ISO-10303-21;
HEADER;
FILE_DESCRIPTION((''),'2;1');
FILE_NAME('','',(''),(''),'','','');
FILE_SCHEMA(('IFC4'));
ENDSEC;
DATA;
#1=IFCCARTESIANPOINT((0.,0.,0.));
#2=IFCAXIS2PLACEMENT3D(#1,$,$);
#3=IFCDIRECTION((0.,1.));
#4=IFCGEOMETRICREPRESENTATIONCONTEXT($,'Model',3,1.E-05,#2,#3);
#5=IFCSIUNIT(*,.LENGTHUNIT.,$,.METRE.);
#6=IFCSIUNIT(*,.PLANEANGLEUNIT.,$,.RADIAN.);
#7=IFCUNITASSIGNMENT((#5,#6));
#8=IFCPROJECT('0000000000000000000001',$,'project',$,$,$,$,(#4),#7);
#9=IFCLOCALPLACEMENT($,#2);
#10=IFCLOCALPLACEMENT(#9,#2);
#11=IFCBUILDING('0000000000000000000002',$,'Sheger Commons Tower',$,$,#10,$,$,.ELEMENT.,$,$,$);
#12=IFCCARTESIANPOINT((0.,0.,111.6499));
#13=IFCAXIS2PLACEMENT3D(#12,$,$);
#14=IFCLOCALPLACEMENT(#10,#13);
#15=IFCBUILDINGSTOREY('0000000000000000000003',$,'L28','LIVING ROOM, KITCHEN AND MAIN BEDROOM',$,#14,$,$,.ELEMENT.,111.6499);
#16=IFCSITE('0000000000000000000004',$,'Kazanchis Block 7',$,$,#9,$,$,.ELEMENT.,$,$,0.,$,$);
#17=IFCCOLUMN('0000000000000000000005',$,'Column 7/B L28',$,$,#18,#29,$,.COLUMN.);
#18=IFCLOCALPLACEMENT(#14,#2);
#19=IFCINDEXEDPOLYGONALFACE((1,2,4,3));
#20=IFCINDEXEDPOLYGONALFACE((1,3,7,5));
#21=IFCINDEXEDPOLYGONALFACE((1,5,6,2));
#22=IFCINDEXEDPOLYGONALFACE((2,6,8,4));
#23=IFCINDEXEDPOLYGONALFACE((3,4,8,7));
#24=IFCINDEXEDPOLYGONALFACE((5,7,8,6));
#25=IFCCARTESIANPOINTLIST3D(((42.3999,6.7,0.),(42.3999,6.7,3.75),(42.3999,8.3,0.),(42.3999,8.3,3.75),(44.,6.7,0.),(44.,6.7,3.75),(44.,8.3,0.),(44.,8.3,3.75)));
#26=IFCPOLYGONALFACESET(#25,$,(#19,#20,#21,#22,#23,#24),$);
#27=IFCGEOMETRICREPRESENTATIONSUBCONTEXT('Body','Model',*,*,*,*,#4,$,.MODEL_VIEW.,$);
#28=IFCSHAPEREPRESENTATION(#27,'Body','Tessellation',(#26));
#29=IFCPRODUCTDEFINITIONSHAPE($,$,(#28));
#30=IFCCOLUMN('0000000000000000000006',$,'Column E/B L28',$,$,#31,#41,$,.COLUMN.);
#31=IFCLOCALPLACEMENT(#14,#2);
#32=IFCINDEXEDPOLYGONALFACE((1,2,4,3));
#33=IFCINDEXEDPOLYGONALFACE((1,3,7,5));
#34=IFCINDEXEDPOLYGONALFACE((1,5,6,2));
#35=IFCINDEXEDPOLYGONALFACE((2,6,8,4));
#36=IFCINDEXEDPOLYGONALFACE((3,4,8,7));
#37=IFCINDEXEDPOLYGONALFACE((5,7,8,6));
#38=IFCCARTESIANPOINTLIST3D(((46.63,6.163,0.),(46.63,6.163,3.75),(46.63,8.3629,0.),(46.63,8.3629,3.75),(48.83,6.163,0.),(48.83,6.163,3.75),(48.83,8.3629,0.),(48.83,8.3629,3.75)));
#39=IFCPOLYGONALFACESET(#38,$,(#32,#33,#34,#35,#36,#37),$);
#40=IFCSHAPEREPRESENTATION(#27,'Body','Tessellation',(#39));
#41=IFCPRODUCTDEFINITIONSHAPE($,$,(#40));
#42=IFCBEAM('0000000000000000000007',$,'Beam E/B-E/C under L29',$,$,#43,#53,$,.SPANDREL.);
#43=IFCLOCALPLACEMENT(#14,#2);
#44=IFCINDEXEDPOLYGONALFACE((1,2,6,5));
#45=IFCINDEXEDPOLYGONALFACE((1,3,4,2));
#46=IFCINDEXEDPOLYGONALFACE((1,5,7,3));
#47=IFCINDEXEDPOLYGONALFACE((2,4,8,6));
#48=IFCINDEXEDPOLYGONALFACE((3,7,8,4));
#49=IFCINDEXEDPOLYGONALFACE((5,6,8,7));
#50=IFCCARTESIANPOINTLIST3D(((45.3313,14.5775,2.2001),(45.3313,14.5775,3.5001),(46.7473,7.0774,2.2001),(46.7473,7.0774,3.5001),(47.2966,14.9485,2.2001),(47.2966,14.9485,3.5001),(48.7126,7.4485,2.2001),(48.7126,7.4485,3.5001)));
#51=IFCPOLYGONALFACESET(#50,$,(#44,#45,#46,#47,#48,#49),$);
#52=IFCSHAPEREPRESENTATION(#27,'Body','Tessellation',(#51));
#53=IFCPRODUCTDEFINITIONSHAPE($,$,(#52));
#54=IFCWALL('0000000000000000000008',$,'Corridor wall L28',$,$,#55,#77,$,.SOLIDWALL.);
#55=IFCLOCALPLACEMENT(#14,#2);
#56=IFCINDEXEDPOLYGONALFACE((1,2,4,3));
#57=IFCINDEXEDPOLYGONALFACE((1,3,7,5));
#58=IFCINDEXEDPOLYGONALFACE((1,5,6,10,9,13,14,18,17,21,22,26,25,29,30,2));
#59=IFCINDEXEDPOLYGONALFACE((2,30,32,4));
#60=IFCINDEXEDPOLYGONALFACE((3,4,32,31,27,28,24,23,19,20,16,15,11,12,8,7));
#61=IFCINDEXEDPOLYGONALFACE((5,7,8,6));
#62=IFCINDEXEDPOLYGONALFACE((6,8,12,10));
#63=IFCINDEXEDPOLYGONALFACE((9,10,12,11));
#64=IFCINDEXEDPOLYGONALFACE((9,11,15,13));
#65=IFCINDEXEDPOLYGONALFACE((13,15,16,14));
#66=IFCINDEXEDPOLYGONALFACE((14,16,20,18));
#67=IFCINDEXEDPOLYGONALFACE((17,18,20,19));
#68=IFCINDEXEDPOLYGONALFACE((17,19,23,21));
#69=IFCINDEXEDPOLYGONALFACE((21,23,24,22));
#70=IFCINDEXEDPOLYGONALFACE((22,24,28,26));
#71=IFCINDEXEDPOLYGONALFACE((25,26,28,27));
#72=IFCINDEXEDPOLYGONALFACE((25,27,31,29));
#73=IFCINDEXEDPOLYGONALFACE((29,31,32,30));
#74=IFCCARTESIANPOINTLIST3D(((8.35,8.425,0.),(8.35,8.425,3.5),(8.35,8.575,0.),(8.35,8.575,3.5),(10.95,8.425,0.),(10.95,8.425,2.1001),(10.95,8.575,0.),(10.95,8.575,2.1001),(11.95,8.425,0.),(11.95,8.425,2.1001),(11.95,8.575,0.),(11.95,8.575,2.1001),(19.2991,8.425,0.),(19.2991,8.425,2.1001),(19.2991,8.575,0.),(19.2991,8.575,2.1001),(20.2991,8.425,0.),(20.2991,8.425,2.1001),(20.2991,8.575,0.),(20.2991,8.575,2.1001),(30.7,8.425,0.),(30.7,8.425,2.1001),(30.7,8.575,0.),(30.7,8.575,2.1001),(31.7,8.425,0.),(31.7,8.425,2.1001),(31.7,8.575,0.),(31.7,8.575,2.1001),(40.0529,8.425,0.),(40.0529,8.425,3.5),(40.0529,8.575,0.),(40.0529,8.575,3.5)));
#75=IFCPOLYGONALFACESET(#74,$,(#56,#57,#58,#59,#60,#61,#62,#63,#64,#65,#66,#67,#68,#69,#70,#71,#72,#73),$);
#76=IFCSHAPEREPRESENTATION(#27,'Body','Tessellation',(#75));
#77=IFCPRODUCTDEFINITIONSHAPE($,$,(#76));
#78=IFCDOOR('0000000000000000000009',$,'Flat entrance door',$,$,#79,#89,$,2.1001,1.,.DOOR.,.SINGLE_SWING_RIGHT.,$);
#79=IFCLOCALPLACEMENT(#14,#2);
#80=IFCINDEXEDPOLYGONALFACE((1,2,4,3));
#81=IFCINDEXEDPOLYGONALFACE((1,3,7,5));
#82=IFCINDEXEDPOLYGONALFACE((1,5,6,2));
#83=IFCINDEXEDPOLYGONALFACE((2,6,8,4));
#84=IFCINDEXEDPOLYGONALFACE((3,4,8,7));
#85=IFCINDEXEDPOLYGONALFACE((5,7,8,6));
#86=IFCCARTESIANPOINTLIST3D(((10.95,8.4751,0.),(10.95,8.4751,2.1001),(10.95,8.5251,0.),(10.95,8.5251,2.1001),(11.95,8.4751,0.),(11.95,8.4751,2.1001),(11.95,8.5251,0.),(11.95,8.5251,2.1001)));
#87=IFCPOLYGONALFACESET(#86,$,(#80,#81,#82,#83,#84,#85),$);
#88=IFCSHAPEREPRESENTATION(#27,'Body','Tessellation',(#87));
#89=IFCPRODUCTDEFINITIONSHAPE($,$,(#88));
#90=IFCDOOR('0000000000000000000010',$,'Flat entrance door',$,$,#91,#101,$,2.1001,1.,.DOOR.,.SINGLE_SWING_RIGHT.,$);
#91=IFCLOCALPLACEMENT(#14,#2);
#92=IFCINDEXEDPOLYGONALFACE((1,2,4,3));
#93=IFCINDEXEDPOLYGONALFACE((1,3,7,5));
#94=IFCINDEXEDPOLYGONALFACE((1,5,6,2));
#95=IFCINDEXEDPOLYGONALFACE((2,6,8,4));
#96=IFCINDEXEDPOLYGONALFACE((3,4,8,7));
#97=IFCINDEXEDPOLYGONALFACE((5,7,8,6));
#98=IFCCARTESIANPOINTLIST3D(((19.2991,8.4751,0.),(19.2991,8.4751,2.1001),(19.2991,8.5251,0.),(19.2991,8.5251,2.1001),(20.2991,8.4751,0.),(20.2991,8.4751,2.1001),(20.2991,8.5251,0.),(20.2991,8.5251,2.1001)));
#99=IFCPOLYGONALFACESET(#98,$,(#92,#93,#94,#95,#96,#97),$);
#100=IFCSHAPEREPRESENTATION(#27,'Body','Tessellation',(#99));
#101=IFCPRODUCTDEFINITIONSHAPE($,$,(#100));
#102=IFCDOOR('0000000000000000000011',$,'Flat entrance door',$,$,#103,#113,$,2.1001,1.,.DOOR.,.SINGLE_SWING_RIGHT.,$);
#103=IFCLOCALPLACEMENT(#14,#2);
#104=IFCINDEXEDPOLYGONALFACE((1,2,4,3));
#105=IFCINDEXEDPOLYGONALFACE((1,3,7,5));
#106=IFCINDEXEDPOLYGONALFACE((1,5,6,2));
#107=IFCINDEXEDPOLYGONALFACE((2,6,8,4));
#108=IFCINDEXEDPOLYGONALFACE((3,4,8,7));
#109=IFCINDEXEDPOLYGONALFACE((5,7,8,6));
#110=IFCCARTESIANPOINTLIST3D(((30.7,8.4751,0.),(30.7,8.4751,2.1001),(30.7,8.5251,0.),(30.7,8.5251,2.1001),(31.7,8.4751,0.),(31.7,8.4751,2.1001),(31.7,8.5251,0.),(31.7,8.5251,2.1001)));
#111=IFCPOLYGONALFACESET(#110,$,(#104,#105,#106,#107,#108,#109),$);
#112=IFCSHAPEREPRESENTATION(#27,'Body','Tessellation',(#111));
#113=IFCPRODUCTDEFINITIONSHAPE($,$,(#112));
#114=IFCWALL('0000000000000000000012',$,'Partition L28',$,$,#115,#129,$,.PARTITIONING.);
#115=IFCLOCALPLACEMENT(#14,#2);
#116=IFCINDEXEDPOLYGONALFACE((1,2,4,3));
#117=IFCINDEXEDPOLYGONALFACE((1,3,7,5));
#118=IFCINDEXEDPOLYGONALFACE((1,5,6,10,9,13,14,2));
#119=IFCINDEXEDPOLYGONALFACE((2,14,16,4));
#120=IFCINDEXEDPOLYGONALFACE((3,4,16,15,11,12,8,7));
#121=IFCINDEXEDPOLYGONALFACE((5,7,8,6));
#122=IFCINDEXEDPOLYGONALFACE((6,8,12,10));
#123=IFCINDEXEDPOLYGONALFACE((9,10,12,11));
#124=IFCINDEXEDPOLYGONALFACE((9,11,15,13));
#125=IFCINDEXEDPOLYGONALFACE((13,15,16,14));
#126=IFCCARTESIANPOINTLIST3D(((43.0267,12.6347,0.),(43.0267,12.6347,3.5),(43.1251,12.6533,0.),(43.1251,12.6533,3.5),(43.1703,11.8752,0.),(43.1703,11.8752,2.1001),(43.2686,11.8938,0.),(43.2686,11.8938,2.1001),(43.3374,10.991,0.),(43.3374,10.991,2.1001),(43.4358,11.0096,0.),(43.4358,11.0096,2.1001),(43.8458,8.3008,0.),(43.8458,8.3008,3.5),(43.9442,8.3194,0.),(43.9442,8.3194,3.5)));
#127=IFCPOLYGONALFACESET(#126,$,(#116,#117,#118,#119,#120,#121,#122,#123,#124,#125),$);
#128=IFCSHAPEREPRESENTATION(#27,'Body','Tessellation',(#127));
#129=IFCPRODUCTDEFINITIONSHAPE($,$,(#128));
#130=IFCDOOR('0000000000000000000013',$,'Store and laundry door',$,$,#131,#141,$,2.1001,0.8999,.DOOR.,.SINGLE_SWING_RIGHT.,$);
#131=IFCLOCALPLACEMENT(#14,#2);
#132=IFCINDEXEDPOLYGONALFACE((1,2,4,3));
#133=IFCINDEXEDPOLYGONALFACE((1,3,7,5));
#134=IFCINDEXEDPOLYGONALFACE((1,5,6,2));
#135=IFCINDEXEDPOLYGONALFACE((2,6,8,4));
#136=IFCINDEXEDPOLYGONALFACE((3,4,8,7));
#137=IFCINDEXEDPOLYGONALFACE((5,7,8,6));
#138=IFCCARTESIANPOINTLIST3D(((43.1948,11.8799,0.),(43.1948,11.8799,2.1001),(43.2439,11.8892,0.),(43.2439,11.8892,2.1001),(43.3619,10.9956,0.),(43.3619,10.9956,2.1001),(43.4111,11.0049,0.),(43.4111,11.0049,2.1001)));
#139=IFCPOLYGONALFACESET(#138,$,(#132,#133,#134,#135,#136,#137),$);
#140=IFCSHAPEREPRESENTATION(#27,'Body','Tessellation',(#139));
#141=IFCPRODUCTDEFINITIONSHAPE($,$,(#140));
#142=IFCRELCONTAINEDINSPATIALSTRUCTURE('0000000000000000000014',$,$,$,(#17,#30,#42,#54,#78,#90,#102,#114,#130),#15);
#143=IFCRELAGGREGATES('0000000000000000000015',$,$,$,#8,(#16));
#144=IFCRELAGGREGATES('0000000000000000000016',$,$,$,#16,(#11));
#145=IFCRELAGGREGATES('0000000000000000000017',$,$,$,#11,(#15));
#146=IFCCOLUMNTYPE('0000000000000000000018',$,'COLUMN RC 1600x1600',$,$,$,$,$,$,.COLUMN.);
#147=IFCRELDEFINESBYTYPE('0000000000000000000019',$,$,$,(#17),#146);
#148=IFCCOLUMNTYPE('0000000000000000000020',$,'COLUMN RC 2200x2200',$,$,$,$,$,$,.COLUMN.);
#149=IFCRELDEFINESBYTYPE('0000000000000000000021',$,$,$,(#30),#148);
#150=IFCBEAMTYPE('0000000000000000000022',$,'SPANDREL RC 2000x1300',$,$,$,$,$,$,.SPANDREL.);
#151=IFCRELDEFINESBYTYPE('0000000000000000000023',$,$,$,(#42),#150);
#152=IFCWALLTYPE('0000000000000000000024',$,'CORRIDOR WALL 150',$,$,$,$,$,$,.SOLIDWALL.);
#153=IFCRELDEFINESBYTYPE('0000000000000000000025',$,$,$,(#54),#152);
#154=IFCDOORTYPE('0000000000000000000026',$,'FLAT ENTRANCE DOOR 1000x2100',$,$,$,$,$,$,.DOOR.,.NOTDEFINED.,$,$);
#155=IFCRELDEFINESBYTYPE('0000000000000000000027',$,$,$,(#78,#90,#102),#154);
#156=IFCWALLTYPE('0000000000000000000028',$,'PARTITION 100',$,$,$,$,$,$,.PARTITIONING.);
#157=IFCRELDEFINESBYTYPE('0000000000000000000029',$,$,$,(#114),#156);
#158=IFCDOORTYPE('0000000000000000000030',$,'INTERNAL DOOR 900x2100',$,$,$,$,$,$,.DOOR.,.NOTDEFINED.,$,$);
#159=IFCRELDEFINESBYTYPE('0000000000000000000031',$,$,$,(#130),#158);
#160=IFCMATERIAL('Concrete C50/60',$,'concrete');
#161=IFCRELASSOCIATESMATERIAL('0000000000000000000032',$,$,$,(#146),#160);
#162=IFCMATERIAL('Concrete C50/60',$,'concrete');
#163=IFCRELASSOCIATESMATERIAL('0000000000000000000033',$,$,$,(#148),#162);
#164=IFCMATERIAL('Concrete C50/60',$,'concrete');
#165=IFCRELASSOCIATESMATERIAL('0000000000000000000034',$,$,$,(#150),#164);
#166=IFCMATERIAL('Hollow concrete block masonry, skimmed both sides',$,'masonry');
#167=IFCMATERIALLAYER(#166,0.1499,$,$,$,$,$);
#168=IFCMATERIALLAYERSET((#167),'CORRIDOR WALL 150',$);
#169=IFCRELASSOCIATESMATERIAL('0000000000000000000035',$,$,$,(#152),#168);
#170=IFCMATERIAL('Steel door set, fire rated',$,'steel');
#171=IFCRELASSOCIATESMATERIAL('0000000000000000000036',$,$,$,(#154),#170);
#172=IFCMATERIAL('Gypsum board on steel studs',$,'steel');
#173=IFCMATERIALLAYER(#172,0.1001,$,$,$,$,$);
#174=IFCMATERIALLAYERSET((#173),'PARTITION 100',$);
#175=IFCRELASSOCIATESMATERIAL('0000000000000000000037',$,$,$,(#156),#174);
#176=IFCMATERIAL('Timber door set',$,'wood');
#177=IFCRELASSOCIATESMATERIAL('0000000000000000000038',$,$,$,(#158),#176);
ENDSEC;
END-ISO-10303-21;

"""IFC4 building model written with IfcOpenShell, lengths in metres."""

from ifc_helpers import new_model, si_unit, direction, frame, frame_2d, origin, origin_2d, place, context, subcontext, project, spatial, rectangle, extrude, material, layer, layer_set, material_profile, profile_set, type_object, element, fill, save


model = new_model("IFC4")

# Units and contexts
model_context = context("Model", 3, precision=1e-05, world=origin(), true_north=direction((0.0, 1.0)))
body_context = subcontext(model_context, "Body", "Model", "MODEL_VIEW")
ifc_project = project(units=[si_unit("LENGTHUNIT", "METRE"), si_unit("PLANEANGLEUNIT", "RADIAN")], contexts=[model_context])

# Site, building, storey
site_placement = place(None, origin())
site = spatial("IfcSite", under=ifc_project, at=site_placement, Name="Kazanchis Block 7", CompositionType="ELEMENT", RefElevation=0.0)
building_placement = place(site_placement, origin())
building = spatial("IfcBuilding", under=site, at=building_placement, Name="Sheger Commons Tower", CompositionType="ELEMENT")
storey_placement = place(building_placement, frame((0.0, 0.0, 111.6499)))
storey = spatial("IfcBuildingStorey", under=building, at=storey_placement, Name="L28", Description="LIVING ROOM, KITCHEN AND MAIN BEDROOM", CompositionType="ELEMENT", Elevation=111.6499)

# Columns
ifc_material_1 = material(Name="Concrete C50/60", Category="concrete")
ifc_material_profile_1 = material_profile(ifc_material_1, rectangle(XDim=1.6001, YDim=1.6001, at=origin_2d()), Name="RC 1600x1600")
ifc_profile_set_1 = profile_set([ifc_material_profile_1], Name="Concrete C50/60")
column_type_1 = type_object("IfcColumnType", Name="COLUMN RC 1600x1600", PredefinedType="COLUMN", material=ifc_profile_set_1)
column_1_placement = place(storey_placement, frame((43.2, 7.5, 0.0), z_axis=(0.0, 0.0, 1.0), x_axis=(1.0, 0.0, 0.0)))
element("IfcColumn", 1, at=column_1_placement, inside=storey, type_object=column_type_1, Name="Column 7/B L28", PredefinedType="COLUMN", context=body_context, shape_type="SweptSolid", body=[
    extrude(rectangle(XDim=1.6001, YDim=1.6001, at=origin_2d()), origin(), (0.0, 0.0, 1.0), 3.75),
])
ifc_material_2 = material(Name="Concrete C50/60", Category="concrete")
ifc_material_profile_2 = material_profile(ifc_material_2, rectangle(XDim=2.2, YDim=2.2, at=origin_2d()), Name="RC 2200x2200")
ifc_profile_set_2 = profile_set([ifc_material_profile_2], Name="Concrete C50/60")
column_type_2 = type_object("IfcColumnType", Name="COLUMN RC 2200x2200", PredefinedType="COLUMN", material=ifc_profile_set_2)
column_2_placement = place(storey_placement, frame((47.73, 7.2629, 0.0), z_axis=(0.0, 0.0, 1.0), x_axis=(1.0, 0.0, 0.0)))
element("IfcColumn", 2, at=column_2_placement, inside=storey, type_object=column_type_2, Name="Column E/B L28", PredefinedType="COLUMN", context=body_context, shape_type="SweptSolid", body=[
    extrude(rectangle(XDim=2.2, YDim=2.2, at=origin_2d()), origin(), (0.0, 0.0, 1.0), 3.75),
])

# Beam
ifc_material_3 = material(Name="Concrete C50/60", Category="concrete")
ifc_material_profile_3 = material_profile(ifc_material_3, rectangle(XDim=2.0, YDim=1.3, at=origin_2d()), Name="RC 2000x1300")
ifc_profile_set_3 = profile_set([ifc_material_profile_3], Name="Concrete C50/60")
beam_type = type_object("IfcBeamType", Name="SPANDREL RC 2000x1300", PredefinedType="SPANDREL", material=ifc_profile_set_3)
beam_placement = place(storey_placement, frame((47.73, 7.2629, 2.8501), z_axis=(-0.185524, 0.98264, 0.0), x_axis=(-0.98264, -0.185524, 0.0)))
element("IfcBeam", 3, at=beam_placement, inside=storey, type_object=beam_type, Name="Beam E/B-E/C under L29", PredefinedType="SPANDREL", context=body_context, shape_type="SweptSolid", body=[
    extrude(rectangle(XDim=2.0, YDim=1.3, at=origin_2d()), origin(), (0.0, 0.0, 1.0), 7.6326),
])

# Wall, openings, doors
ifc_material_4 = material(Name="Hollow concrete block masonry, skimmed both sides", Category="masonry")
ifc_layer_1 = layer(ifc_material_4, 0.1499)
ifc_layer_set_1 = layer_set([ifc_layer_1], Name="CORRIDOR WALL 150")
wall_type_1 = type_object("IfcWallType", Name="CORRIDOR WALL 150", PredefinedType="SOLIDWALL", material=ifc_layer_set_1)
wall_1_placement = place(storey_placement, frame((40.053, 8.5, 0.0), z_axis=(0.0, 0.0, 1.0), x_axis=(-1.0, 0.0, 0.0)))
wall_1 = element("IfcWall", 4, at=wall_1_placement, inside=storey, type_object=wall_type_1, Name="Corridor wall L28", PredefinedType="SOLIDWALL", context=body_context, shape_type="SweptSolid", body=[
    extrude(rectangle(XDim=31.7029, YDim=0.1499, at=frame_2d((15.8516, 0.0))), origin(), (0.0, 0.0, 1.0), 3.5),
])
opening_1_placement = place(wall_1_placement, frame((28.103, 0.0, 0.0)))
opening_1 = element("IfcOpeningElement", 5, at=opening_1_placement, cuts=wall_1, PredefinedType="OPENING", context=body_context, shape_type="SweptSolid", body=[
    extrude(rectangle(XDim=1.0, YDim=2.1001, at=frame_2d((0.5, 1.05))), frame((0.0, 0.085, 0.0), z_axis=(0.0, -1.0, 0.0), x_axis=(1.0, 0.0, 0.0)), (0.0, 0.0, 1.0), 0.1699),
])
opening_2_placement = place(wall_1_placement, frame((19.7539, 0.0, 0.0)))
opening_2 = element("IfcOpeningElement", 6, at=opening_2_placement, cuts=wall_1, PredefinedType="OPENING", context=body_context, shape_type="SweptSolid", body=[
    extrude(rectangle(XDim=1.0, YDim=2.1001, at=frame_2d((0.5, 1.05))), frame((0.0, 0.085, 0.0), z_axis=(0.0, -1.0, 0.0), x_axis=(1.0, 0.0, 0.0)), (0.0, 0.0, 1.0), 0.1699),
])
opening_3_placement = place(wall_1_placement, frame((8.353, 0.0, 0.0)))
opening_3 = element("IfcOpeningElement", 7, at=opening_3_placement, cuts=wall_1, PredefinedType="OPENING", context=body_context, shape_type="SweptSolid", body=[
    extrude(rectangle(XDim=1.0, YDim=2.1001, at=frame_2d((0.5, 1.05))), frame((0.0, 0.085, 0.0), z_axis=(0.0, -1.0, 0.0), x_axis=(1.0, 0.0, 0.0)), (0.0, 0.0, 1.0), 0.1699),
])
ifc_material_5 = material(Name="Steel door set, fire rated", Category="steel")
door_type_1 = type_object("IfcDoorType", Name="FLAT ENTRANCE DOOR 1000x2100", OperationType="NOTDEFINED", PredefinedType="DOOR", material=ifc_material_5)
door_1_placement = place(opening_1_placement, origin())
door_1 = element("IfcDoor", 8, at=door_1_placement, inside=storey, type_object=door_type_1, Name="Flat entrance door", OperationType="SINGLE_SWING_RIGHT", OverallHeight=2.1001, OverallWidth=1.0, PredefinedType="DOOR", context=body_context, shape_type="SweptSolid", body=[
    extrude(rectangle(XDim=1.0, YDim=2.1001, at=frame_2d((0.5, 1.05))), frame((0.0, 0.0249, 0.0), z_axis=(0.0, -1.0, 0.0), x_axis=(1.0, 0.0, 0.0)), (0.0, 0.0, 1.0), 0.05),
])
fill(opening_1, door_1)
door_2_placement = place(opening_2_placement, origin())
door_2 = element("IfcDoor", 9, at=door_2_placement, inside=storey, type_object=door_type_1, Name="Flat entrance door", OperationType="SINGLE_SWING_RIGHT", OverallHeight=2.1001, OverallWidth=1.0, PredefinedType="DOOR", context=body_context, shape_type="SweptSolid", body=[
    extrude(rectangle(XDim=1.0, YDim=2.1001, at=frame_2d((0.5, 1.05))), frame((0.0, 0.0249, 0.0), z_axis=(0.0, -1.0, 0.0), x_axis=(1.0, 0.0, 0.0)), (0.0, 0.0, 1.0), 0.05),
])
fill(opening_2, door_2)
door_3_placement = place(opening_3_placement, origin())
door_3 = element("IfcDoor", 10, at=door_3_placement, inside=storey, type_object=door_type_1, Name="Flat entrance door", OperationType="SINGLE_SWING_RIGHT", OverallHeight=2.1001, OverallWidth=1.0, PredefinedType="DOOR", context=body_context, shape_type="SweptSolid", body=[
    extrude(rectangle(XDim=1.0, YDim=2.1001, at=frame_2d((0.5, 1.05))), frame((0.0, 0.0249, 0.0), z_axis=(0.0, -1.0, 0.0), x_axis=(1.0, 0.0, 0.0)), (0.0, 0.0, 1.0), 0.05),
])
fill(opening_3, door_3)

# Wall, opening, door
ifc_material_6 = material(Name="Gypsum board on steel studs", Category="steel")
ifc_layer_2 = layer(ifc_material_6, 0.1001)
ifc_layer_set_2 = layer_set([ifc_layer_2], Name="PARTITION 100")
wall_type_2 = type_object("IfcWallType", Name="PARTITION 100", PredefinedType="PARTITIONING", material=ifc_layer_set_2)
wall_2_placement = place(storey_placement, frame((43.0759, 12.644, 0.0), z_axis=(0.0, 0.0, 1.0), x_axis=(0.185705, -0.982605, 0.0)))
wall_2 = element("IfcWall", 11, at=wall_2_placement, inside=storey, type_object=wall_type_2, Name="Partition L28", PredefinedType="PARTITIONING", context=body_context, shape_type="SweptSolid", body=[
    extrude(rectangle(XDim=4.4106, YDim=0.1001, at=frame_2d((2.2053, 0.0))), origin(), (0.0, 0.0, 1.0), 3.5),
])
opening_4_placement = place(wall_2_placement, frame((0.7729, 0.0, 0.0)))
opening_4 = element("IfcOpeningElement", 12, at=opening_4_placement, cuts=wall_2, PredefinedType="OPENING", context=body_context, shape_type="SweptSolid", body=[
    extrude(rectangle(XDim=0.8999, YDim=2.1001, at=frame_2d((0.45, 1.05))), frame((0.0, 0.0601, 0.0), z_axis=(0.0, -1.0, 0.0), x_axis=(1.0, 0.0, 0.0)), (0.0, 0.0, 1.0), 0.1201),
])
ifc_material_7 = material(Name="Timber door set", Category="wood")
door_type_2 = type_object("IfcDoorType", Name="INTERNAL DOOR 900x2100", OperationType="NOTDEFINED", PredefinedType="DOOR", material=ifc_material_7)
door_4_placement = place(opening_4_placement, origin())
door_4 = element("IfcDoor", 13, at=door_4_placement, inside=storey, type_object=door_type_2, Name="Store and laundry door", OperationType="SINGLE_SWING_RIGHT", OverallHeight=2.1001, OverallWidth=0.8999, PredefinedType="DOOR", context=body_context, shape_type="SweptSolid", body=[
    extrude(rectangle(XDim=0.8999, YDim=2.1001, at=frame_2d((0.45, 1.05))), frame((0.0, 0.0249, 0.0), z_axis=(0.0, -1.0, 0.0), x_axis=(1.0, 0.0, 0.0)), (0.0, 0.0, 1.0), 0.05),
])
fill(opening_4, door_4)

save(model, "model.ifc")
